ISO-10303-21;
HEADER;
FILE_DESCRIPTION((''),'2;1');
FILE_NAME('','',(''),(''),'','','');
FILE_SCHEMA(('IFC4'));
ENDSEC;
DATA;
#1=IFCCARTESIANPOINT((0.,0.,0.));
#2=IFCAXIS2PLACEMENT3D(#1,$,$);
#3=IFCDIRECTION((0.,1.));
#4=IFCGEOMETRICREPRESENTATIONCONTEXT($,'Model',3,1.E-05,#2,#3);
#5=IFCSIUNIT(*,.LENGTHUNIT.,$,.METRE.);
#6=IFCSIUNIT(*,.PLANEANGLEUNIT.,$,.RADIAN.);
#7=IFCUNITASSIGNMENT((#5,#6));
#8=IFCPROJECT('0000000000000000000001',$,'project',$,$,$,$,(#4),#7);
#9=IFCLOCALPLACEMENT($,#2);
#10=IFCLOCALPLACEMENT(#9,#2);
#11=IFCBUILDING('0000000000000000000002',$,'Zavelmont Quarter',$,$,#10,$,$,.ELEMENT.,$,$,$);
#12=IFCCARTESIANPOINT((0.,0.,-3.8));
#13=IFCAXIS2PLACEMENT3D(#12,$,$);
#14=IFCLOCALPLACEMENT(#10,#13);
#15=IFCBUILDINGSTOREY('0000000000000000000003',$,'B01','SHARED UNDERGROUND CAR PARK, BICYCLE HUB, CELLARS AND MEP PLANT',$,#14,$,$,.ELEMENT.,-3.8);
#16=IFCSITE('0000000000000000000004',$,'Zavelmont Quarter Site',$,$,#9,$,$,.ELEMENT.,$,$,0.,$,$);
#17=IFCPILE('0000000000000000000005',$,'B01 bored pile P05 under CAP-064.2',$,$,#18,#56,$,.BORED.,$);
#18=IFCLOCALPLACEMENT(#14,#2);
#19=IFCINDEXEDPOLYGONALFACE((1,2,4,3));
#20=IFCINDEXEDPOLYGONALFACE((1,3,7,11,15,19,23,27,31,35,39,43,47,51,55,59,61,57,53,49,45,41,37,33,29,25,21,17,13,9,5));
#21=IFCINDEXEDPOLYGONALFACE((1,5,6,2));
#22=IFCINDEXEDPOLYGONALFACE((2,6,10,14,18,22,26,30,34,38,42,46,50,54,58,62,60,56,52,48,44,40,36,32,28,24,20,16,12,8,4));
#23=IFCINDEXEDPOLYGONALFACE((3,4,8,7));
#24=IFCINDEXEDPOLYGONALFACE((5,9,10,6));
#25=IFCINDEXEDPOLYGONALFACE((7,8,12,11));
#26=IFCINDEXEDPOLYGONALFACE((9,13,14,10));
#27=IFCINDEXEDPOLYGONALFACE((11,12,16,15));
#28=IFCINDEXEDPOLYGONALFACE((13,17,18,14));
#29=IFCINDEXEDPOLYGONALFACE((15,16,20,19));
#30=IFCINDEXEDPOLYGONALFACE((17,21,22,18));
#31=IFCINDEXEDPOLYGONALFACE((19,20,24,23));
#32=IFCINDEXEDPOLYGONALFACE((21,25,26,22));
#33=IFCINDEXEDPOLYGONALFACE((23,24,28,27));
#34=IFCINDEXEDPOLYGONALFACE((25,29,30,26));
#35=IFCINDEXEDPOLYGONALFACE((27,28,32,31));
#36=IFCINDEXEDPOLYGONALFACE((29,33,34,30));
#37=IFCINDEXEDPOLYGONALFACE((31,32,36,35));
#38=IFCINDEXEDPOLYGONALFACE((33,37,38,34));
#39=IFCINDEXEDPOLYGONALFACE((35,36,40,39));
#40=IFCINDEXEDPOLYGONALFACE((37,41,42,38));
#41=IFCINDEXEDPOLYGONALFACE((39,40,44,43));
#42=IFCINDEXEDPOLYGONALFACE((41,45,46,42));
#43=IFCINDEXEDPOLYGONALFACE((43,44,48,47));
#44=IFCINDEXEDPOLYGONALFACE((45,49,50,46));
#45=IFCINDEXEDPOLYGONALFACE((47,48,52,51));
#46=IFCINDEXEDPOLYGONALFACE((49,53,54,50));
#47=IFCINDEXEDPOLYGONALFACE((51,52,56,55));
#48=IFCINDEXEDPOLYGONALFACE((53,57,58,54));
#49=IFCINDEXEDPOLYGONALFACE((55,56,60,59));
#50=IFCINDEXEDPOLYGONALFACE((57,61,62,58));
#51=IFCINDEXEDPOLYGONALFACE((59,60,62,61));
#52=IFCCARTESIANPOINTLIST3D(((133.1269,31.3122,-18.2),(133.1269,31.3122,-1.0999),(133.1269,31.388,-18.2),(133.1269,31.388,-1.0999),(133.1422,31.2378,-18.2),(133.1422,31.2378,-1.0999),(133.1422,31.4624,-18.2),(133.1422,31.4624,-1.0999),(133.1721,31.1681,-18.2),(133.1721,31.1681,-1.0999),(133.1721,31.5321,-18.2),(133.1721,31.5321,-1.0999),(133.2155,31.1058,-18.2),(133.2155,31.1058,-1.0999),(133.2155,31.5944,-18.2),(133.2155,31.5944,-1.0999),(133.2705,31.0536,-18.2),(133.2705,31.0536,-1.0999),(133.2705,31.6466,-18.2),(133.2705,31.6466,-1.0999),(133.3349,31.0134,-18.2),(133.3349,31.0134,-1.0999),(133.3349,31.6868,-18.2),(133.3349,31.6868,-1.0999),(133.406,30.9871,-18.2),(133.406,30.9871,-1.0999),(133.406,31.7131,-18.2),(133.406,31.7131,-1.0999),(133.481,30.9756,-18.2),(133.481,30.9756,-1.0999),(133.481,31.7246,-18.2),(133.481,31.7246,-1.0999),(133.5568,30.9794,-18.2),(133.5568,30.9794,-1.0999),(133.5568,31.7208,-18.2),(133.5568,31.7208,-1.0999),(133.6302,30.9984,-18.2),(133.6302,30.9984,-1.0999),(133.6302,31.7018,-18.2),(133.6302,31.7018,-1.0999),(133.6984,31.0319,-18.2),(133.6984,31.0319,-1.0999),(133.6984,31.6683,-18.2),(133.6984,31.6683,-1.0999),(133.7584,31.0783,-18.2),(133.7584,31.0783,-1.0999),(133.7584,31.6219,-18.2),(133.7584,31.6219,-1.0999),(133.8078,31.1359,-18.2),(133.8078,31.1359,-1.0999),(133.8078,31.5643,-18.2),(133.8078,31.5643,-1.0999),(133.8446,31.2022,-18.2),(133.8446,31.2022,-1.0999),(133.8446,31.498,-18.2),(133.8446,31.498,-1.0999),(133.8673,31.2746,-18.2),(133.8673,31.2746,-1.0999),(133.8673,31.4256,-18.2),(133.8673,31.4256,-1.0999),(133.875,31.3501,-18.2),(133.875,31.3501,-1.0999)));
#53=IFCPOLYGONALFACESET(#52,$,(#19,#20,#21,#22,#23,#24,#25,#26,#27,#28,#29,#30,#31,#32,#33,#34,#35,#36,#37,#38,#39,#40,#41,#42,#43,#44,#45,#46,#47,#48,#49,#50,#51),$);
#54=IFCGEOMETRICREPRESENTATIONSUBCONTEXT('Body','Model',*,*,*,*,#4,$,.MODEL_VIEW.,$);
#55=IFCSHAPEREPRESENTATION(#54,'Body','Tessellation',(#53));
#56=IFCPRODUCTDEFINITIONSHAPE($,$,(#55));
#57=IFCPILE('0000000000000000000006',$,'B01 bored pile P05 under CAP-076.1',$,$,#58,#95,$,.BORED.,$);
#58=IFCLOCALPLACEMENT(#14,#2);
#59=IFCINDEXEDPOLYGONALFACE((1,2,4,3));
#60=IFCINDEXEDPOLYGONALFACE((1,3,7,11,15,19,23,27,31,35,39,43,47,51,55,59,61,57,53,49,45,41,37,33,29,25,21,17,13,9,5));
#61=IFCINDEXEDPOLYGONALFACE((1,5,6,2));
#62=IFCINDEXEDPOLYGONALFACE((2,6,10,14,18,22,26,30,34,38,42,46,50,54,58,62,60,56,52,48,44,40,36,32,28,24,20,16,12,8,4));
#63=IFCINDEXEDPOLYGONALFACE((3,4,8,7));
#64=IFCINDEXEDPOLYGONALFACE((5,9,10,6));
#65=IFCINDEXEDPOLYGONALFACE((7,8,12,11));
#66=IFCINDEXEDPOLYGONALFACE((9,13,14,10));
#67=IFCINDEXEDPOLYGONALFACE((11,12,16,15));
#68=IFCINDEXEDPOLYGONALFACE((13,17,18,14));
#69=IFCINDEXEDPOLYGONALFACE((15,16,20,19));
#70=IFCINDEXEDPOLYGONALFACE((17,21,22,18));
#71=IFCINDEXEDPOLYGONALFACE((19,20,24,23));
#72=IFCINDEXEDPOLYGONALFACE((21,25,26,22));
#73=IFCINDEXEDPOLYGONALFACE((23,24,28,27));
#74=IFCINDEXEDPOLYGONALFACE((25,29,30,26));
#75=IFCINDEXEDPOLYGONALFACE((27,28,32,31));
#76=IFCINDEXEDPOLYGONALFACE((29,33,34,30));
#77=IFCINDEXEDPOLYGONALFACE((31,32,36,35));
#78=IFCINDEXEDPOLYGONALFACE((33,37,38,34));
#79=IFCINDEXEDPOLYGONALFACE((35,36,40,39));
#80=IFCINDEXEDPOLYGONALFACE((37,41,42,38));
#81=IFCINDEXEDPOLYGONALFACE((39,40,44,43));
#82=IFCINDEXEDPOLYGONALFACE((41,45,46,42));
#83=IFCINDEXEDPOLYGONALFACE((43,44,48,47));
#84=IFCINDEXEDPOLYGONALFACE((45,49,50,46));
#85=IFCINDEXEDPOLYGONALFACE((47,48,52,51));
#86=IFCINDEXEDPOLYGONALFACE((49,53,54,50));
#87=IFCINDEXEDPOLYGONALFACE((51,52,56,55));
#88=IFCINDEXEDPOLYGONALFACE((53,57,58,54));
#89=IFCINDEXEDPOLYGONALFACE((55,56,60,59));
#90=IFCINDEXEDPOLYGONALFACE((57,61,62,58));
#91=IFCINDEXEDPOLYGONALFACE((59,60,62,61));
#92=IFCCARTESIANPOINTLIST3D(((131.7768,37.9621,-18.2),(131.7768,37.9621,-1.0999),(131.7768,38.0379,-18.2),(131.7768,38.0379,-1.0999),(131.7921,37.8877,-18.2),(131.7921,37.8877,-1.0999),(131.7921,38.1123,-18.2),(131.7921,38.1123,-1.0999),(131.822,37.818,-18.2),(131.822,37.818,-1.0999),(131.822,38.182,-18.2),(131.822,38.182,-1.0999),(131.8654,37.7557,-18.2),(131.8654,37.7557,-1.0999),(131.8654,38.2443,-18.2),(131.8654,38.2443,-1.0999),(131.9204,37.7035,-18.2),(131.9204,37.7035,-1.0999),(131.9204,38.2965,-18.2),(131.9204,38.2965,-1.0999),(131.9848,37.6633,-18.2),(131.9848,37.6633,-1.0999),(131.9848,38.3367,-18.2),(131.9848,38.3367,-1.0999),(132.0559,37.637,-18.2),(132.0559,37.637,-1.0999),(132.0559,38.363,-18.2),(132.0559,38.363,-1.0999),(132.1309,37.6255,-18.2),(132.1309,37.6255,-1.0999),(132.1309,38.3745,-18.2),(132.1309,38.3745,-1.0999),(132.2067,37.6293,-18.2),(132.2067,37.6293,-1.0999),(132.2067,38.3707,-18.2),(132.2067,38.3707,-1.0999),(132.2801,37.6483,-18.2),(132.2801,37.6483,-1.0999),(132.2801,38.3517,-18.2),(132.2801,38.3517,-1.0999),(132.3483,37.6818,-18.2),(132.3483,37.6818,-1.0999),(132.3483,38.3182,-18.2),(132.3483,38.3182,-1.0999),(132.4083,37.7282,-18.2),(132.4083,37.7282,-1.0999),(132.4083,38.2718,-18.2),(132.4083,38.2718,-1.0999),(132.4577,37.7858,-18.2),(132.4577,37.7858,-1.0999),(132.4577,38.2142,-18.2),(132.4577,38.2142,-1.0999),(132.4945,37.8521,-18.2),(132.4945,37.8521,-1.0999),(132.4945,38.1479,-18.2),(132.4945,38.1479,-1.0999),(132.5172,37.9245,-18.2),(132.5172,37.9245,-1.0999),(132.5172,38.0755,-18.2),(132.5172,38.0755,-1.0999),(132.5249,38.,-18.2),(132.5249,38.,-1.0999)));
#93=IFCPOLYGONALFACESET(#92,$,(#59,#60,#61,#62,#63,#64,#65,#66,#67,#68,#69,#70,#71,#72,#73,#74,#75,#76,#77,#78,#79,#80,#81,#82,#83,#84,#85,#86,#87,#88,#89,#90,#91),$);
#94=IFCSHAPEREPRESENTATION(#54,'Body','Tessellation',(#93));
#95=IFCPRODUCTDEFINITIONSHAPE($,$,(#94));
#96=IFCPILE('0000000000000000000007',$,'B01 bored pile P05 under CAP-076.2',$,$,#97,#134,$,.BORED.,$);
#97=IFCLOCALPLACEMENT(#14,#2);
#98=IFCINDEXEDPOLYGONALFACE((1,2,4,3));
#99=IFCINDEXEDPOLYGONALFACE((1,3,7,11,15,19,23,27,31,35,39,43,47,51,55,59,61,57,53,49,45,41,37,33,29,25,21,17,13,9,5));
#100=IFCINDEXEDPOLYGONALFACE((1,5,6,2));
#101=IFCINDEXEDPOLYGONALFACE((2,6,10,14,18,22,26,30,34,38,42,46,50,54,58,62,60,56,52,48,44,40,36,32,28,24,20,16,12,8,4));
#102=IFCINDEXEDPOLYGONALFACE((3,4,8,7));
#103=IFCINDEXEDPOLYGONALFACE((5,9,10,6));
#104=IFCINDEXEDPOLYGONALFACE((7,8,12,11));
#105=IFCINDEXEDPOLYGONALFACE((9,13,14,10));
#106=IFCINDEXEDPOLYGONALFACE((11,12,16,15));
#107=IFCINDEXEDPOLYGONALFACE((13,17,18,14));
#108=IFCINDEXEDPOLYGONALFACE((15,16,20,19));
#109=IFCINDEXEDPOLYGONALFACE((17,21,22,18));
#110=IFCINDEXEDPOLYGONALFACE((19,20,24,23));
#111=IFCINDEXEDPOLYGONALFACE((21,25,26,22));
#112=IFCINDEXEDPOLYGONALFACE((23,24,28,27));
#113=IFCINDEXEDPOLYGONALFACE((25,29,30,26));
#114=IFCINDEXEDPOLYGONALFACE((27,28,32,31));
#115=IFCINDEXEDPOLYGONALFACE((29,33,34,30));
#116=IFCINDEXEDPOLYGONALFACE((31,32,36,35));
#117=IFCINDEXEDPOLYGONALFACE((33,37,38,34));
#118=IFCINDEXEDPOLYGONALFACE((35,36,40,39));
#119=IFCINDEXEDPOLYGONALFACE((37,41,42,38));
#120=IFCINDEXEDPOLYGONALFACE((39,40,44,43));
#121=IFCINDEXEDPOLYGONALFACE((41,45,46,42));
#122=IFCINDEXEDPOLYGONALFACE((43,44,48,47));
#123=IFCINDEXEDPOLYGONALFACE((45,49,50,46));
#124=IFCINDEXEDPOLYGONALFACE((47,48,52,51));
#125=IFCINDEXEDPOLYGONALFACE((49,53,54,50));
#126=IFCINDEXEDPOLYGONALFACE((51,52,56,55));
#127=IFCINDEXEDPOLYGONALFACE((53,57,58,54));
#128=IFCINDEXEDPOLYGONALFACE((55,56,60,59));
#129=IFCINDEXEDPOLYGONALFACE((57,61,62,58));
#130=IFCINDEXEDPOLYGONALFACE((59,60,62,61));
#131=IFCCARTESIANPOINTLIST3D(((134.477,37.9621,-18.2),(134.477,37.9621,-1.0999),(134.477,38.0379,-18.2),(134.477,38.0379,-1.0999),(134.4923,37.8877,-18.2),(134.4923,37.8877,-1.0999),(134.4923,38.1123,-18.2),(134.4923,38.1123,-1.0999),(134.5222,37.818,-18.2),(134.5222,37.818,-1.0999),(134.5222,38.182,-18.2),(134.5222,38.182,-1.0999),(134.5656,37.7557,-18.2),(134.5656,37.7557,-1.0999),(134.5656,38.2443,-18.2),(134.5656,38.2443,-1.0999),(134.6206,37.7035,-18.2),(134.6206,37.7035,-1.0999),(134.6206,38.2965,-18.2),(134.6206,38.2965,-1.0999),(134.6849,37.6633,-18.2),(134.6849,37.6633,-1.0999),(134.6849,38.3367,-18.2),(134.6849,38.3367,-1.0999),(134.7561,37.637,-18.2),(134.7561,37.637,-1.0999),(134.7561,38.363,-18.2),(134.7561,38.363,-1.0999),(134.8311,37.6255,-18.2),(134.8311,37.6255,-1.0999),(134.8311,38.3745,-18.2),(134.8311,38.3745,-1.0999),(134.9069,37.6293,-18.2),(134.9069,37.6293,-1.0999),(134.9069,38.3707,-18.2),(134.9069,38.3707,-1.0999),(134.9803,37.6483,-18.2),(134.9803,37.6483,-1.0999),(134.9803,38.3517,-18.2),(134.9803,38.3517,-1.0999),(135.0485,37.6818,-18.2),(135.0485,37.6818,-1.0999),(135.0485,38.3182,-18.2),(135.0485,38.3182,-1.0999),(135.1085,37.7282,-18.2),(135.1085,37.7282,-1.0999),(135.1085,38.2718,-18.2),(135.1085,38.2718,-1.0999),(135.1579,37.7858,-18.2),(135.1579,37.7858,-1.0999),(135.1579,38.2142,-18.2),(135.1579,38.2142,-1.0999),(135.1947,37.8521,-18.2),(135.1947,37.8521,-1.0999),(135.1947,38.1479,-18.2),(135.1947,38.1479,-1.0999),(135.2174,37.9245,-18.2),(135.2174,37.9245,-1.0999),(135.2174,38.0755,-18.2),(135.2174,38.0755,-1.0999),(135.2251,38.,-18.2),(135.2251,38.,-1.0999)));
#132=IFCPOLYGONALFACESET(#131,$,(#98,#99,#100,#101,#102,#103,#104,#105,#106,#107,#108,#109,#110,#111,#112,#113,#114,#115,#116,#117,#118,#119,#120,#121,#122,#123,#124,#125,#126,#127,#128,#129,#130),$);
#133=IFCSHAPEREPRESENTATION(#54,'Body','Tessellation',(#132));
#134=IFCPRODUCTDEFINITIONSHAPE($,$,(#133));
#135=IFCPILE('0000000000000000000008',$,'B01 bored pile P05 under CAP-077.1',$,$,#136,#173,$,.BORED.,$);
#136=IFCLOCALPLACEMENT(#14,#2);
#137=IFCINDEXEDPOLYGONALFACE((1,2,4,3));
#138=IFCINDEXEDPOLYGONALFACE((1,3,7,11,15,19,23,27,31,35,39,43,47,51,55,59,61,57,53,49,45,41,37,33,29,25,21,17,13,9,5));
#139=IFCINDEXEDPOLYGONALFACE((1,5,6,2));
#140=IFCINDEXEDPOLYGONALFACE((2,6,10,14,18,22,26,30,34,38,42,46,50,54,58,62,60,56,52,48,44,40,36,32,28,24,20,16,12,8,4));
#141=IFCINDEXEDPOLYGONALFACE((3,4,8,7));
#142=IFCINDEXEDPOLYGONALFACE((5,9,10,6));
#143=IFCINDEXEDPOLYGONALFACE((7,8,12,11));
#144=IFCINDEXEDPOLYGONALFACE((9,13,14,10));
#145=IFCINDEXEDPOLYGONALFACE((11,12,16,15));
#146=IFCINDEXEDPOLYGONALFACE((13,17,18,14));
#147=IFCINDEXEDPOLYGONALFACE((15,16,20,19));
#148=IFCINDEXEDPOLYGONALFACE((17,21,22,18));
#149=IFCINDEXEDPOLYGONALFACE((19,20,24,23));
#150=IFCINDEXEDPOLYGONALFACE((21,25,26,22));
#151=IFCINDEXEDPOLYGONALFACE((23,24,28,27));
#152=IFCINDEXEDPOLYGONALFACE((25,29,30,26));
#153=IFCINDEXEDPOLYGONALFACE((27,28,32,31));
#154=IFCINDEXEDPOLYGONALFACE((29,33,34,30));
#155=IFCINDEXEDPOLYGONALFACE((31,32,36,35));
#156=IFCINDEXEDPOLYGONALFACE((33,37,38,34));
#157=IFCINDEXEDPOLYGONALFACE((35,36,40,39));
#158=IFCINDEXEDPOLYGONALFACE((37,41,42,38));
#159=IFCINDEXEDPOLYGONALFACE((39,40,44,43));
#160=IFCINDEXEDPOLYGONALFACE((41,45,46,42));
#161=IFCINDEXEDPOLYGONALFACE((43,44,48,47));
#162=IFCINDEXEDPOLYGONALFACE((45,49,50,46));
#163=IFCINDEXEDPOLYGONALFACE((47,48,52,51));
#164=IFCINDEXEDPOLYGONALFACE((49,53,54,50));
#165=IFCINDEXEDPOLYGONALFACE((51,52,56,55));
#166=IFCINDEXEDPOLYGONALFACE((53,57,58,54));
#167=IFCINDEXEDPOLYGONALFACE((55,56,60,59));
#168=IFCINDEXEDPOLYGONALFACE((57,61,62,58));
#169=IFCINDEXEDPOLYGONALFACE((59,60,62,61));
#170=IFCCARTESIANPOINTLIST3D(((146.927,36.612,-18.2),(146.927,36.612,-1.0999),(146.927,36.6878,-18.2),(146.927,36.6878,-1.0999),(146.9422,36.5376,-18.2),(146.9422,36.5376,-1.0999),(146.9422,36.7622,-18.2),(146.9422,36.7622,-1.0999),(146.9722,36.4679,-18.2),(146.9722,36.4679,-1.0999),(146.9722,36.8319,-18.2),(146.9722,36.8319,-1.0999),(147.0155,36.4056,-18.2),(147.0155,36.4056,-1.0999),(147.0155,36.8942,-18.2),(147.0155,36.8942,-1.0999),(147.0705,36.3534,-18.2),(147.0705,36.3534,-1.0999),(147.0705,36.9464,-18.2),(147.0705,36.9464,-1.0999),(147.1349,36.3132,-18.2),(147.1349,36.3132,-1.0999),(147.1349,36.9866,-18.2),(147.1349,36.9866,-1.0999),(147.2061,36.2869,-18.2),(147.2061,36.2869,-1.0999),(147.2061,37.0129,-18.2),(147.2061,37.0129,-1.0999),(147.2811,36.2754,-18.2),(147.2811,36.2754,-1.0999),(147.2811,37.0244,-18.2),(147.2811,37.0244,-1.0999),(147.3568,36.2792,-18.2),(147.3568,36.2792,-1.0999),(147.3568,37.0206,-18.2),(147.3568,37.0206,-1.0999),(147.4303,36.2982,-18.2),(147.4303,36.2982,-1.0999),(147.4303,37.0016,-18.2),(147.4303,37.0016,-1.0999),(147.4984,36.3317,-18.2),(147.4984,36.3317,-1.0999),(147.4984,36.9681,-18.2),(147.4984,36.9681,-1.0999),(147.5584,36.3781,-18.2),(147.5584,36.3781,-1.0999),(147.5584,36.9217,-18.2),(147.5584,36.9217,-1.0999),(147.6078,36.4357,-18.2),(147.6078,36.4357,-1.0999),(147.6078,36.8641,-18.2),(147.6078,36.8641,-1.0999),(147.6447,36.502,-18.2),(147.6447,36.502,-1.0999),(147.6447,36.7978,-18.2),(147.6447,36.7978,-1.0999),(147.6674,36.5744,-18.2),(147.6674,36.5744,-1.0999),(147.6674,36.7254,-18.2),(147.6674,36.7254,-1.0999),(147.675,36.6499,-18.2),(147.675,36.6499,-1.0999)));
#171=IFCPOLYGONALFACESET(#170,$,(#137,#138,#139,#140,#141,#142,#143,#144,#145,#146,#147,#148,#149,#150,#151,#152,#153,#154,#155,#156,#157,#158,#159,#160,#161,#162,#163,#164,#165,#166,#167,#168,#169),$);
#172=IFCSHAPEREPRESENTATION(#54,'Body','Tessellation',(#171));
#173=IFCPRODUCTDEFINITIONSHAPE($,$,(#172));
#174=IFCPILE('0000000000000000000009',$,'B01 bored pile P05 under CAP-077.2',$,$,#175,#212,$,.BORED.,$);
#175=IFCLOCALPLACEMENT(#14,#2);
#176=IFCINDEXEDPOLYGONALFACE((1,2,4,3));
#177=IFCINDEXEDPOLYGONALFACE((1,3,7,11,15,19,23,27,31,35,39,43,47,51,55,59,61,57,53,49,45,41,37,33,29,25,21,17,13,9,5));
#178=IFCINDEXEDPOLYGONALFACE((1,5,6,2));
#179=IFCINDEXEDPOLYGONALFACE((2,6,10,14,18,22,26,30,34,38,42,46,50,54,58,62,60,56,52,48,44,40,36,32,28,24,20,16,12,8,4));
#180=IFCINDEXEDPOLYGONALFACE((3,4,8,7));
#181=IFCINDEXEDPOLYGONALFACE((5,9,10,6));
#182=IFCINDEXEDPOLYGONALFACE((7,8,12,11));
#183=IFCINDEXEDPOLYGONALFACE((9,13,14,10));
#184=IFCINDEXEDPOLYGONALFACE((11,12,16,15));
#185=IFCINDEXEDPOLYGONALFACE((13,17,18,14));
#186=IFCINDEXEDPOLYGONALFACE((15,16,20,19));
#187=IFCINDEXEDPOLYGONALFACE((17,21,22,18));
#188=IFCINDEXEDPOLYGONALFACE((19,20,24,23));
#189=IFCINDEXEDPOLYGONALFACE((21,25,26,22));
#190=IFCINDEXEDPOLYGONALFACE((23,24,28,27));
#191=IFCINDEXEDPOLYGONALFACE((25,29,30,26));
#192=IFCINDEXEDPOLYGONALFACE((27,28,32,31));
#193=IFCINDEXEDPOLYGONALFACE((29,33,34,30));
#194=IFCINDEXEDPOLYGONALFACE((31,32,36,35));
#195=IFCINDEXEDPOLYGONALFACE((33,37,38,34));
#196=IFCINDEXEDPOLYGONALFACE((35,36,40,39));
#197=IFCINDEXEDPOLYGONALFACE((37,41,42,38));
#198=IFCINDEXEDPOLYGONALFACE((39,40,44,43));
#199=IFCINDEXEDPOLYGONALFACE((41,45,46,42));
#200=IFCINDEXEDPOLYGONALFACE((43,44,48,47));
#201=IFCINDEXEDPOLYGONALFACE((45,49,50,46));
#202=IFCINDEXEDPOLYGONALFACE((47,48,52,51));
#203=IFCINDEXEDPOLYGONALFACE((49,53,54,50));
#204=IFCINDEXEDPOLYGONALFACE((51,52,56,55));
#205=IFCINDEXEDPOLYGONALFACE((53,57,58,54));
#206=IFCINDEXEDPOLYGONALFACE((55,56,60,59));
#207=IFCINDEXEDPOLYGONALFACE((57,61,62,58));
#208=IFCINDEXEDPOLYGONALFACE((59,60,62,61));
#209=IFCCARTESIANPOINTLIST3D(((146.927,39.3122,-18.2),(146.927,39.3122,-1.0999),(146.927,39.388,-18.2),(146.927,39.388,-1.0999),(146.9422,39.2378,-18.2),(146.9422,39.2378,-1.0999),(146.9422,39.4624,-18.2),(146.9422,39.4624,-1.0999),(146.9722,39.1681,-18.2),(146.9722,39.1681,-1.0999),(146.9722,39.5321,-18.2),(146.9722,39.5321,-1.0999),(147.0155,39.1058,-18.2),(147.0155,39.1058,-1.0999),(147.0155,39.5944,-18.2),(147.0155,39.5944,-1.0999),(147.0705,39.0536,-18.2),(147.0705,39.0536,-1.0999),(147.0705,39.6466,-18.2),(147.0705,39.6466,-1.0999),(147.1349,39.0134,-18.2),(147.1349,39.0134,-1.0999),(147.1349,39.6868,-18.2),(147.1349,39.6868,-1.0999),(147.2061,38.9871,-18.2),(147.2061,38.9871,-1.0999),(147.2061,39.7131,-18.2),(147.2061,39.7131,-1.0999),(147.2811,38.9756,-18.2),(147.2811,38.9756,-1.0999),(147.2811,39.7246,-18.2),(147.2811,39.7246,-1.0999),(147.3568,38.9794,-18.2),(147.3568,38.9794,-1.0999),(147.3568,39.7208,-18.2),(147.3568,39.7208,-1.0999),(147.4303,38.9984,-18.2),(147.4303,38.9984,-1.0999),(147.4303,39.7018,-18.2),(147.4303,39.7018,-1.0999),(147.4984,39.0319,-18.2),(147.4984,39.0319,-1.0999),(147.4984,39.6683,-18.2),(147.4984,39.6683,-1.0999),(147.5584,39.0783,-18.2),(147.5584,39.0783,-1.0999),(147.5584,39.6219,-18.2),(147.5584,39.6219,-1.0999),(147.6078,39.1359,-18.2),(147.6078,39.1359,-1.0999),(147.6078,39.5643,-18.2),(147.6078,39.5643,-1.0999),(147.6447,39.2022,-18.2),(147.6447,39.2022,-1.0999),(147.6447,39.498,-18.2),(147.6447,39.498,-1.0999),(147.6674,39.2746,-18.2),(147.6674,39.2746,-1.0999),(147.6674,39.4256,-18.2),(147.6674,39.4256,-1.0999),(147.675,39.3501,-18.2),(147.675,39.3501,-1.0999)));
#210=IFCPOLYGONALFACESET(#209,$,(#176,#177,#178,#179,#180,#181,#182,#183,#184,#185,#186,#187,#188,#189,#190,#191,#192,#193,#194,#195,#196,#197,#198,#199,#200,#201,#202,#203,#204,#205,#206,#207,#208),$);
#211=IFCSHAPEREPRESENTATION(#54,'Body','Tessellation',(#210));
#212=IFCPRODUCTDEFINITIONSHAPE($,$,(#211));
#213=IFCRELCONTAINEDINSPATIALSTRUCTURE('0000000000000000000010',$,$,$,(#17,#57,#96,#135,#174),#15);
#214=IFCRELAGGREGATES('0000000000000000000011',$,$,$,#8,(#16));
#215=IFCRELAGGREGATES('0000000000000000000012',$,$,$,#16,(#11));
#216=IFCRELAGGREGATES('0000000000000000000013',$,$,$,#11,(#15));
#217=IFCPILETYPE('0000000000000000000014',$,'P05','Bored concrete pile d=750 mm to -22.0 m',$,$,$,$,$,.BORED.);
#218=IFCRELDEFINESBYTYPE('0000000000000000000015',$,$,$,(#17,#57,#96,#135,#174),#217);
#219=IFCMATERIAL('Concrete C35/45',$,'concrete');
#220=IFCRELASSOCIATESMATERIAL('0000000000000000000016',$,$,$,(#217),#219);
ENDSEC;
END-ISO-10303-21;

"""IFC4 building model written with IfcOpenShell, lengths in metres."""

from ifc_helpers import new_model, si_unit, direction, frame, origin, origin_2d, place, context, subcontext, project, spatial, circle, extrude, material, material_profile, profile_set, type_object, element, save


model = new_model("IFC4")

# Units and contexts
model_context = context("Model", 3, precision=1e-05, world=origin(), true_north=direction((0.0, 1.0)))
body_context = subcontext(model_context, "Body", "Model", "MODEL_VIEW")
ifc_project = project(units=[si_unit("LENGTHUNIT", "METRE"), si_unit("PLANEANGLEUNIT", "RADIAN")], contexts=[model_context])

# Site, building, storey
site_placement = place(None, origin())
site = spatial("IfcSite", under=ifc_project, at=site_placement, Name="Zavelmont Quarter Site", CompositionType="ELEMENT", RefElevation=0.0)
building_placement = place(site_placement, origin())
building = spatial("IfcBuilding", under=site, at=building_placement, Name="Zavelmont Quarter", CompositionType="ELEMENT")
storey_placement = place(building_placement, frame((0.0, 0.0, -3.8)))
storey = spatial("IfcBuildingStorey", under=building, at=storey_placement, Name="B01", Description="SHARED UNDERGROUND CAR PARK, BICYCLE HUB, CELLARS AND MEP PLANT", CompositionType="ELEMENT", Elevation=-3.8)

# Shared definitions
ifc_material_1 = material(Name="Concrete C35/45", Category="concrete")

# Piles
ifc_material_profile_1 = material_profile(ifc_material_1, circle(Radius=0.375, at=origin_2d()), Name="BP750")
ifc_profile_set_1 = profile_set([ifc_material_profile_1], Name="Concrete C35/45")
pile_type_1 = type_object("IfcPileType", Name="P05", Description="Bored concrete pile d=750 mm to -22.0 m", PredefinedType="BORED", material=ifc_profile_set_1)
for number, where, z_axis, x_axis, name in (
    (1, (133.5, 31.3501, -1.0999), (0.0, 0.0, -1.0), (1.0, 0.0, 0.0), "B01 bored pile P05 under CAP-064.2"),
    (2, (132.1499, 38.0, -1.0999), (0.0, 0.0, -1.0), (1.0, 0.0, 0.0), "B01 bored pile P05 under CAP-076.1"),
    (3, (134.8501, 38.0, -1.0999), (0.0, 0.0, -1.0), (1.0, 0.0, 0.0), "B01 bored pile P05 under CAP-076.2"),
    (4, (147.3, 36.6499, -1.0999), (0.0, 0.0, -1.0), (1.0, 0.0, 0.0), "B01 bored pile P05 under CAP-077.1"),
    (5, (147.3, 39.3501, -1.0999), (0.0, 0.0, -1.0), (1.0, 0.0, 0.0), "B01 bored pile P05 under CAP-077.2"),
):
    element("IfcPile", number, at=place(storey_placement, frame(where, z_axis=z_axis, x_axis=x_axis)), inside=storey, type_object=pile_type_1, Name=name, PredefinedType="BORED", context=body_context, shape_type="SweptSolid", body=[
        extrude(circle(Radius=0.375, at=origin_2d()), origin(), (0.0, 0.0, 1.0), 17.1001),
    ])

save(model, "model.ifc")
